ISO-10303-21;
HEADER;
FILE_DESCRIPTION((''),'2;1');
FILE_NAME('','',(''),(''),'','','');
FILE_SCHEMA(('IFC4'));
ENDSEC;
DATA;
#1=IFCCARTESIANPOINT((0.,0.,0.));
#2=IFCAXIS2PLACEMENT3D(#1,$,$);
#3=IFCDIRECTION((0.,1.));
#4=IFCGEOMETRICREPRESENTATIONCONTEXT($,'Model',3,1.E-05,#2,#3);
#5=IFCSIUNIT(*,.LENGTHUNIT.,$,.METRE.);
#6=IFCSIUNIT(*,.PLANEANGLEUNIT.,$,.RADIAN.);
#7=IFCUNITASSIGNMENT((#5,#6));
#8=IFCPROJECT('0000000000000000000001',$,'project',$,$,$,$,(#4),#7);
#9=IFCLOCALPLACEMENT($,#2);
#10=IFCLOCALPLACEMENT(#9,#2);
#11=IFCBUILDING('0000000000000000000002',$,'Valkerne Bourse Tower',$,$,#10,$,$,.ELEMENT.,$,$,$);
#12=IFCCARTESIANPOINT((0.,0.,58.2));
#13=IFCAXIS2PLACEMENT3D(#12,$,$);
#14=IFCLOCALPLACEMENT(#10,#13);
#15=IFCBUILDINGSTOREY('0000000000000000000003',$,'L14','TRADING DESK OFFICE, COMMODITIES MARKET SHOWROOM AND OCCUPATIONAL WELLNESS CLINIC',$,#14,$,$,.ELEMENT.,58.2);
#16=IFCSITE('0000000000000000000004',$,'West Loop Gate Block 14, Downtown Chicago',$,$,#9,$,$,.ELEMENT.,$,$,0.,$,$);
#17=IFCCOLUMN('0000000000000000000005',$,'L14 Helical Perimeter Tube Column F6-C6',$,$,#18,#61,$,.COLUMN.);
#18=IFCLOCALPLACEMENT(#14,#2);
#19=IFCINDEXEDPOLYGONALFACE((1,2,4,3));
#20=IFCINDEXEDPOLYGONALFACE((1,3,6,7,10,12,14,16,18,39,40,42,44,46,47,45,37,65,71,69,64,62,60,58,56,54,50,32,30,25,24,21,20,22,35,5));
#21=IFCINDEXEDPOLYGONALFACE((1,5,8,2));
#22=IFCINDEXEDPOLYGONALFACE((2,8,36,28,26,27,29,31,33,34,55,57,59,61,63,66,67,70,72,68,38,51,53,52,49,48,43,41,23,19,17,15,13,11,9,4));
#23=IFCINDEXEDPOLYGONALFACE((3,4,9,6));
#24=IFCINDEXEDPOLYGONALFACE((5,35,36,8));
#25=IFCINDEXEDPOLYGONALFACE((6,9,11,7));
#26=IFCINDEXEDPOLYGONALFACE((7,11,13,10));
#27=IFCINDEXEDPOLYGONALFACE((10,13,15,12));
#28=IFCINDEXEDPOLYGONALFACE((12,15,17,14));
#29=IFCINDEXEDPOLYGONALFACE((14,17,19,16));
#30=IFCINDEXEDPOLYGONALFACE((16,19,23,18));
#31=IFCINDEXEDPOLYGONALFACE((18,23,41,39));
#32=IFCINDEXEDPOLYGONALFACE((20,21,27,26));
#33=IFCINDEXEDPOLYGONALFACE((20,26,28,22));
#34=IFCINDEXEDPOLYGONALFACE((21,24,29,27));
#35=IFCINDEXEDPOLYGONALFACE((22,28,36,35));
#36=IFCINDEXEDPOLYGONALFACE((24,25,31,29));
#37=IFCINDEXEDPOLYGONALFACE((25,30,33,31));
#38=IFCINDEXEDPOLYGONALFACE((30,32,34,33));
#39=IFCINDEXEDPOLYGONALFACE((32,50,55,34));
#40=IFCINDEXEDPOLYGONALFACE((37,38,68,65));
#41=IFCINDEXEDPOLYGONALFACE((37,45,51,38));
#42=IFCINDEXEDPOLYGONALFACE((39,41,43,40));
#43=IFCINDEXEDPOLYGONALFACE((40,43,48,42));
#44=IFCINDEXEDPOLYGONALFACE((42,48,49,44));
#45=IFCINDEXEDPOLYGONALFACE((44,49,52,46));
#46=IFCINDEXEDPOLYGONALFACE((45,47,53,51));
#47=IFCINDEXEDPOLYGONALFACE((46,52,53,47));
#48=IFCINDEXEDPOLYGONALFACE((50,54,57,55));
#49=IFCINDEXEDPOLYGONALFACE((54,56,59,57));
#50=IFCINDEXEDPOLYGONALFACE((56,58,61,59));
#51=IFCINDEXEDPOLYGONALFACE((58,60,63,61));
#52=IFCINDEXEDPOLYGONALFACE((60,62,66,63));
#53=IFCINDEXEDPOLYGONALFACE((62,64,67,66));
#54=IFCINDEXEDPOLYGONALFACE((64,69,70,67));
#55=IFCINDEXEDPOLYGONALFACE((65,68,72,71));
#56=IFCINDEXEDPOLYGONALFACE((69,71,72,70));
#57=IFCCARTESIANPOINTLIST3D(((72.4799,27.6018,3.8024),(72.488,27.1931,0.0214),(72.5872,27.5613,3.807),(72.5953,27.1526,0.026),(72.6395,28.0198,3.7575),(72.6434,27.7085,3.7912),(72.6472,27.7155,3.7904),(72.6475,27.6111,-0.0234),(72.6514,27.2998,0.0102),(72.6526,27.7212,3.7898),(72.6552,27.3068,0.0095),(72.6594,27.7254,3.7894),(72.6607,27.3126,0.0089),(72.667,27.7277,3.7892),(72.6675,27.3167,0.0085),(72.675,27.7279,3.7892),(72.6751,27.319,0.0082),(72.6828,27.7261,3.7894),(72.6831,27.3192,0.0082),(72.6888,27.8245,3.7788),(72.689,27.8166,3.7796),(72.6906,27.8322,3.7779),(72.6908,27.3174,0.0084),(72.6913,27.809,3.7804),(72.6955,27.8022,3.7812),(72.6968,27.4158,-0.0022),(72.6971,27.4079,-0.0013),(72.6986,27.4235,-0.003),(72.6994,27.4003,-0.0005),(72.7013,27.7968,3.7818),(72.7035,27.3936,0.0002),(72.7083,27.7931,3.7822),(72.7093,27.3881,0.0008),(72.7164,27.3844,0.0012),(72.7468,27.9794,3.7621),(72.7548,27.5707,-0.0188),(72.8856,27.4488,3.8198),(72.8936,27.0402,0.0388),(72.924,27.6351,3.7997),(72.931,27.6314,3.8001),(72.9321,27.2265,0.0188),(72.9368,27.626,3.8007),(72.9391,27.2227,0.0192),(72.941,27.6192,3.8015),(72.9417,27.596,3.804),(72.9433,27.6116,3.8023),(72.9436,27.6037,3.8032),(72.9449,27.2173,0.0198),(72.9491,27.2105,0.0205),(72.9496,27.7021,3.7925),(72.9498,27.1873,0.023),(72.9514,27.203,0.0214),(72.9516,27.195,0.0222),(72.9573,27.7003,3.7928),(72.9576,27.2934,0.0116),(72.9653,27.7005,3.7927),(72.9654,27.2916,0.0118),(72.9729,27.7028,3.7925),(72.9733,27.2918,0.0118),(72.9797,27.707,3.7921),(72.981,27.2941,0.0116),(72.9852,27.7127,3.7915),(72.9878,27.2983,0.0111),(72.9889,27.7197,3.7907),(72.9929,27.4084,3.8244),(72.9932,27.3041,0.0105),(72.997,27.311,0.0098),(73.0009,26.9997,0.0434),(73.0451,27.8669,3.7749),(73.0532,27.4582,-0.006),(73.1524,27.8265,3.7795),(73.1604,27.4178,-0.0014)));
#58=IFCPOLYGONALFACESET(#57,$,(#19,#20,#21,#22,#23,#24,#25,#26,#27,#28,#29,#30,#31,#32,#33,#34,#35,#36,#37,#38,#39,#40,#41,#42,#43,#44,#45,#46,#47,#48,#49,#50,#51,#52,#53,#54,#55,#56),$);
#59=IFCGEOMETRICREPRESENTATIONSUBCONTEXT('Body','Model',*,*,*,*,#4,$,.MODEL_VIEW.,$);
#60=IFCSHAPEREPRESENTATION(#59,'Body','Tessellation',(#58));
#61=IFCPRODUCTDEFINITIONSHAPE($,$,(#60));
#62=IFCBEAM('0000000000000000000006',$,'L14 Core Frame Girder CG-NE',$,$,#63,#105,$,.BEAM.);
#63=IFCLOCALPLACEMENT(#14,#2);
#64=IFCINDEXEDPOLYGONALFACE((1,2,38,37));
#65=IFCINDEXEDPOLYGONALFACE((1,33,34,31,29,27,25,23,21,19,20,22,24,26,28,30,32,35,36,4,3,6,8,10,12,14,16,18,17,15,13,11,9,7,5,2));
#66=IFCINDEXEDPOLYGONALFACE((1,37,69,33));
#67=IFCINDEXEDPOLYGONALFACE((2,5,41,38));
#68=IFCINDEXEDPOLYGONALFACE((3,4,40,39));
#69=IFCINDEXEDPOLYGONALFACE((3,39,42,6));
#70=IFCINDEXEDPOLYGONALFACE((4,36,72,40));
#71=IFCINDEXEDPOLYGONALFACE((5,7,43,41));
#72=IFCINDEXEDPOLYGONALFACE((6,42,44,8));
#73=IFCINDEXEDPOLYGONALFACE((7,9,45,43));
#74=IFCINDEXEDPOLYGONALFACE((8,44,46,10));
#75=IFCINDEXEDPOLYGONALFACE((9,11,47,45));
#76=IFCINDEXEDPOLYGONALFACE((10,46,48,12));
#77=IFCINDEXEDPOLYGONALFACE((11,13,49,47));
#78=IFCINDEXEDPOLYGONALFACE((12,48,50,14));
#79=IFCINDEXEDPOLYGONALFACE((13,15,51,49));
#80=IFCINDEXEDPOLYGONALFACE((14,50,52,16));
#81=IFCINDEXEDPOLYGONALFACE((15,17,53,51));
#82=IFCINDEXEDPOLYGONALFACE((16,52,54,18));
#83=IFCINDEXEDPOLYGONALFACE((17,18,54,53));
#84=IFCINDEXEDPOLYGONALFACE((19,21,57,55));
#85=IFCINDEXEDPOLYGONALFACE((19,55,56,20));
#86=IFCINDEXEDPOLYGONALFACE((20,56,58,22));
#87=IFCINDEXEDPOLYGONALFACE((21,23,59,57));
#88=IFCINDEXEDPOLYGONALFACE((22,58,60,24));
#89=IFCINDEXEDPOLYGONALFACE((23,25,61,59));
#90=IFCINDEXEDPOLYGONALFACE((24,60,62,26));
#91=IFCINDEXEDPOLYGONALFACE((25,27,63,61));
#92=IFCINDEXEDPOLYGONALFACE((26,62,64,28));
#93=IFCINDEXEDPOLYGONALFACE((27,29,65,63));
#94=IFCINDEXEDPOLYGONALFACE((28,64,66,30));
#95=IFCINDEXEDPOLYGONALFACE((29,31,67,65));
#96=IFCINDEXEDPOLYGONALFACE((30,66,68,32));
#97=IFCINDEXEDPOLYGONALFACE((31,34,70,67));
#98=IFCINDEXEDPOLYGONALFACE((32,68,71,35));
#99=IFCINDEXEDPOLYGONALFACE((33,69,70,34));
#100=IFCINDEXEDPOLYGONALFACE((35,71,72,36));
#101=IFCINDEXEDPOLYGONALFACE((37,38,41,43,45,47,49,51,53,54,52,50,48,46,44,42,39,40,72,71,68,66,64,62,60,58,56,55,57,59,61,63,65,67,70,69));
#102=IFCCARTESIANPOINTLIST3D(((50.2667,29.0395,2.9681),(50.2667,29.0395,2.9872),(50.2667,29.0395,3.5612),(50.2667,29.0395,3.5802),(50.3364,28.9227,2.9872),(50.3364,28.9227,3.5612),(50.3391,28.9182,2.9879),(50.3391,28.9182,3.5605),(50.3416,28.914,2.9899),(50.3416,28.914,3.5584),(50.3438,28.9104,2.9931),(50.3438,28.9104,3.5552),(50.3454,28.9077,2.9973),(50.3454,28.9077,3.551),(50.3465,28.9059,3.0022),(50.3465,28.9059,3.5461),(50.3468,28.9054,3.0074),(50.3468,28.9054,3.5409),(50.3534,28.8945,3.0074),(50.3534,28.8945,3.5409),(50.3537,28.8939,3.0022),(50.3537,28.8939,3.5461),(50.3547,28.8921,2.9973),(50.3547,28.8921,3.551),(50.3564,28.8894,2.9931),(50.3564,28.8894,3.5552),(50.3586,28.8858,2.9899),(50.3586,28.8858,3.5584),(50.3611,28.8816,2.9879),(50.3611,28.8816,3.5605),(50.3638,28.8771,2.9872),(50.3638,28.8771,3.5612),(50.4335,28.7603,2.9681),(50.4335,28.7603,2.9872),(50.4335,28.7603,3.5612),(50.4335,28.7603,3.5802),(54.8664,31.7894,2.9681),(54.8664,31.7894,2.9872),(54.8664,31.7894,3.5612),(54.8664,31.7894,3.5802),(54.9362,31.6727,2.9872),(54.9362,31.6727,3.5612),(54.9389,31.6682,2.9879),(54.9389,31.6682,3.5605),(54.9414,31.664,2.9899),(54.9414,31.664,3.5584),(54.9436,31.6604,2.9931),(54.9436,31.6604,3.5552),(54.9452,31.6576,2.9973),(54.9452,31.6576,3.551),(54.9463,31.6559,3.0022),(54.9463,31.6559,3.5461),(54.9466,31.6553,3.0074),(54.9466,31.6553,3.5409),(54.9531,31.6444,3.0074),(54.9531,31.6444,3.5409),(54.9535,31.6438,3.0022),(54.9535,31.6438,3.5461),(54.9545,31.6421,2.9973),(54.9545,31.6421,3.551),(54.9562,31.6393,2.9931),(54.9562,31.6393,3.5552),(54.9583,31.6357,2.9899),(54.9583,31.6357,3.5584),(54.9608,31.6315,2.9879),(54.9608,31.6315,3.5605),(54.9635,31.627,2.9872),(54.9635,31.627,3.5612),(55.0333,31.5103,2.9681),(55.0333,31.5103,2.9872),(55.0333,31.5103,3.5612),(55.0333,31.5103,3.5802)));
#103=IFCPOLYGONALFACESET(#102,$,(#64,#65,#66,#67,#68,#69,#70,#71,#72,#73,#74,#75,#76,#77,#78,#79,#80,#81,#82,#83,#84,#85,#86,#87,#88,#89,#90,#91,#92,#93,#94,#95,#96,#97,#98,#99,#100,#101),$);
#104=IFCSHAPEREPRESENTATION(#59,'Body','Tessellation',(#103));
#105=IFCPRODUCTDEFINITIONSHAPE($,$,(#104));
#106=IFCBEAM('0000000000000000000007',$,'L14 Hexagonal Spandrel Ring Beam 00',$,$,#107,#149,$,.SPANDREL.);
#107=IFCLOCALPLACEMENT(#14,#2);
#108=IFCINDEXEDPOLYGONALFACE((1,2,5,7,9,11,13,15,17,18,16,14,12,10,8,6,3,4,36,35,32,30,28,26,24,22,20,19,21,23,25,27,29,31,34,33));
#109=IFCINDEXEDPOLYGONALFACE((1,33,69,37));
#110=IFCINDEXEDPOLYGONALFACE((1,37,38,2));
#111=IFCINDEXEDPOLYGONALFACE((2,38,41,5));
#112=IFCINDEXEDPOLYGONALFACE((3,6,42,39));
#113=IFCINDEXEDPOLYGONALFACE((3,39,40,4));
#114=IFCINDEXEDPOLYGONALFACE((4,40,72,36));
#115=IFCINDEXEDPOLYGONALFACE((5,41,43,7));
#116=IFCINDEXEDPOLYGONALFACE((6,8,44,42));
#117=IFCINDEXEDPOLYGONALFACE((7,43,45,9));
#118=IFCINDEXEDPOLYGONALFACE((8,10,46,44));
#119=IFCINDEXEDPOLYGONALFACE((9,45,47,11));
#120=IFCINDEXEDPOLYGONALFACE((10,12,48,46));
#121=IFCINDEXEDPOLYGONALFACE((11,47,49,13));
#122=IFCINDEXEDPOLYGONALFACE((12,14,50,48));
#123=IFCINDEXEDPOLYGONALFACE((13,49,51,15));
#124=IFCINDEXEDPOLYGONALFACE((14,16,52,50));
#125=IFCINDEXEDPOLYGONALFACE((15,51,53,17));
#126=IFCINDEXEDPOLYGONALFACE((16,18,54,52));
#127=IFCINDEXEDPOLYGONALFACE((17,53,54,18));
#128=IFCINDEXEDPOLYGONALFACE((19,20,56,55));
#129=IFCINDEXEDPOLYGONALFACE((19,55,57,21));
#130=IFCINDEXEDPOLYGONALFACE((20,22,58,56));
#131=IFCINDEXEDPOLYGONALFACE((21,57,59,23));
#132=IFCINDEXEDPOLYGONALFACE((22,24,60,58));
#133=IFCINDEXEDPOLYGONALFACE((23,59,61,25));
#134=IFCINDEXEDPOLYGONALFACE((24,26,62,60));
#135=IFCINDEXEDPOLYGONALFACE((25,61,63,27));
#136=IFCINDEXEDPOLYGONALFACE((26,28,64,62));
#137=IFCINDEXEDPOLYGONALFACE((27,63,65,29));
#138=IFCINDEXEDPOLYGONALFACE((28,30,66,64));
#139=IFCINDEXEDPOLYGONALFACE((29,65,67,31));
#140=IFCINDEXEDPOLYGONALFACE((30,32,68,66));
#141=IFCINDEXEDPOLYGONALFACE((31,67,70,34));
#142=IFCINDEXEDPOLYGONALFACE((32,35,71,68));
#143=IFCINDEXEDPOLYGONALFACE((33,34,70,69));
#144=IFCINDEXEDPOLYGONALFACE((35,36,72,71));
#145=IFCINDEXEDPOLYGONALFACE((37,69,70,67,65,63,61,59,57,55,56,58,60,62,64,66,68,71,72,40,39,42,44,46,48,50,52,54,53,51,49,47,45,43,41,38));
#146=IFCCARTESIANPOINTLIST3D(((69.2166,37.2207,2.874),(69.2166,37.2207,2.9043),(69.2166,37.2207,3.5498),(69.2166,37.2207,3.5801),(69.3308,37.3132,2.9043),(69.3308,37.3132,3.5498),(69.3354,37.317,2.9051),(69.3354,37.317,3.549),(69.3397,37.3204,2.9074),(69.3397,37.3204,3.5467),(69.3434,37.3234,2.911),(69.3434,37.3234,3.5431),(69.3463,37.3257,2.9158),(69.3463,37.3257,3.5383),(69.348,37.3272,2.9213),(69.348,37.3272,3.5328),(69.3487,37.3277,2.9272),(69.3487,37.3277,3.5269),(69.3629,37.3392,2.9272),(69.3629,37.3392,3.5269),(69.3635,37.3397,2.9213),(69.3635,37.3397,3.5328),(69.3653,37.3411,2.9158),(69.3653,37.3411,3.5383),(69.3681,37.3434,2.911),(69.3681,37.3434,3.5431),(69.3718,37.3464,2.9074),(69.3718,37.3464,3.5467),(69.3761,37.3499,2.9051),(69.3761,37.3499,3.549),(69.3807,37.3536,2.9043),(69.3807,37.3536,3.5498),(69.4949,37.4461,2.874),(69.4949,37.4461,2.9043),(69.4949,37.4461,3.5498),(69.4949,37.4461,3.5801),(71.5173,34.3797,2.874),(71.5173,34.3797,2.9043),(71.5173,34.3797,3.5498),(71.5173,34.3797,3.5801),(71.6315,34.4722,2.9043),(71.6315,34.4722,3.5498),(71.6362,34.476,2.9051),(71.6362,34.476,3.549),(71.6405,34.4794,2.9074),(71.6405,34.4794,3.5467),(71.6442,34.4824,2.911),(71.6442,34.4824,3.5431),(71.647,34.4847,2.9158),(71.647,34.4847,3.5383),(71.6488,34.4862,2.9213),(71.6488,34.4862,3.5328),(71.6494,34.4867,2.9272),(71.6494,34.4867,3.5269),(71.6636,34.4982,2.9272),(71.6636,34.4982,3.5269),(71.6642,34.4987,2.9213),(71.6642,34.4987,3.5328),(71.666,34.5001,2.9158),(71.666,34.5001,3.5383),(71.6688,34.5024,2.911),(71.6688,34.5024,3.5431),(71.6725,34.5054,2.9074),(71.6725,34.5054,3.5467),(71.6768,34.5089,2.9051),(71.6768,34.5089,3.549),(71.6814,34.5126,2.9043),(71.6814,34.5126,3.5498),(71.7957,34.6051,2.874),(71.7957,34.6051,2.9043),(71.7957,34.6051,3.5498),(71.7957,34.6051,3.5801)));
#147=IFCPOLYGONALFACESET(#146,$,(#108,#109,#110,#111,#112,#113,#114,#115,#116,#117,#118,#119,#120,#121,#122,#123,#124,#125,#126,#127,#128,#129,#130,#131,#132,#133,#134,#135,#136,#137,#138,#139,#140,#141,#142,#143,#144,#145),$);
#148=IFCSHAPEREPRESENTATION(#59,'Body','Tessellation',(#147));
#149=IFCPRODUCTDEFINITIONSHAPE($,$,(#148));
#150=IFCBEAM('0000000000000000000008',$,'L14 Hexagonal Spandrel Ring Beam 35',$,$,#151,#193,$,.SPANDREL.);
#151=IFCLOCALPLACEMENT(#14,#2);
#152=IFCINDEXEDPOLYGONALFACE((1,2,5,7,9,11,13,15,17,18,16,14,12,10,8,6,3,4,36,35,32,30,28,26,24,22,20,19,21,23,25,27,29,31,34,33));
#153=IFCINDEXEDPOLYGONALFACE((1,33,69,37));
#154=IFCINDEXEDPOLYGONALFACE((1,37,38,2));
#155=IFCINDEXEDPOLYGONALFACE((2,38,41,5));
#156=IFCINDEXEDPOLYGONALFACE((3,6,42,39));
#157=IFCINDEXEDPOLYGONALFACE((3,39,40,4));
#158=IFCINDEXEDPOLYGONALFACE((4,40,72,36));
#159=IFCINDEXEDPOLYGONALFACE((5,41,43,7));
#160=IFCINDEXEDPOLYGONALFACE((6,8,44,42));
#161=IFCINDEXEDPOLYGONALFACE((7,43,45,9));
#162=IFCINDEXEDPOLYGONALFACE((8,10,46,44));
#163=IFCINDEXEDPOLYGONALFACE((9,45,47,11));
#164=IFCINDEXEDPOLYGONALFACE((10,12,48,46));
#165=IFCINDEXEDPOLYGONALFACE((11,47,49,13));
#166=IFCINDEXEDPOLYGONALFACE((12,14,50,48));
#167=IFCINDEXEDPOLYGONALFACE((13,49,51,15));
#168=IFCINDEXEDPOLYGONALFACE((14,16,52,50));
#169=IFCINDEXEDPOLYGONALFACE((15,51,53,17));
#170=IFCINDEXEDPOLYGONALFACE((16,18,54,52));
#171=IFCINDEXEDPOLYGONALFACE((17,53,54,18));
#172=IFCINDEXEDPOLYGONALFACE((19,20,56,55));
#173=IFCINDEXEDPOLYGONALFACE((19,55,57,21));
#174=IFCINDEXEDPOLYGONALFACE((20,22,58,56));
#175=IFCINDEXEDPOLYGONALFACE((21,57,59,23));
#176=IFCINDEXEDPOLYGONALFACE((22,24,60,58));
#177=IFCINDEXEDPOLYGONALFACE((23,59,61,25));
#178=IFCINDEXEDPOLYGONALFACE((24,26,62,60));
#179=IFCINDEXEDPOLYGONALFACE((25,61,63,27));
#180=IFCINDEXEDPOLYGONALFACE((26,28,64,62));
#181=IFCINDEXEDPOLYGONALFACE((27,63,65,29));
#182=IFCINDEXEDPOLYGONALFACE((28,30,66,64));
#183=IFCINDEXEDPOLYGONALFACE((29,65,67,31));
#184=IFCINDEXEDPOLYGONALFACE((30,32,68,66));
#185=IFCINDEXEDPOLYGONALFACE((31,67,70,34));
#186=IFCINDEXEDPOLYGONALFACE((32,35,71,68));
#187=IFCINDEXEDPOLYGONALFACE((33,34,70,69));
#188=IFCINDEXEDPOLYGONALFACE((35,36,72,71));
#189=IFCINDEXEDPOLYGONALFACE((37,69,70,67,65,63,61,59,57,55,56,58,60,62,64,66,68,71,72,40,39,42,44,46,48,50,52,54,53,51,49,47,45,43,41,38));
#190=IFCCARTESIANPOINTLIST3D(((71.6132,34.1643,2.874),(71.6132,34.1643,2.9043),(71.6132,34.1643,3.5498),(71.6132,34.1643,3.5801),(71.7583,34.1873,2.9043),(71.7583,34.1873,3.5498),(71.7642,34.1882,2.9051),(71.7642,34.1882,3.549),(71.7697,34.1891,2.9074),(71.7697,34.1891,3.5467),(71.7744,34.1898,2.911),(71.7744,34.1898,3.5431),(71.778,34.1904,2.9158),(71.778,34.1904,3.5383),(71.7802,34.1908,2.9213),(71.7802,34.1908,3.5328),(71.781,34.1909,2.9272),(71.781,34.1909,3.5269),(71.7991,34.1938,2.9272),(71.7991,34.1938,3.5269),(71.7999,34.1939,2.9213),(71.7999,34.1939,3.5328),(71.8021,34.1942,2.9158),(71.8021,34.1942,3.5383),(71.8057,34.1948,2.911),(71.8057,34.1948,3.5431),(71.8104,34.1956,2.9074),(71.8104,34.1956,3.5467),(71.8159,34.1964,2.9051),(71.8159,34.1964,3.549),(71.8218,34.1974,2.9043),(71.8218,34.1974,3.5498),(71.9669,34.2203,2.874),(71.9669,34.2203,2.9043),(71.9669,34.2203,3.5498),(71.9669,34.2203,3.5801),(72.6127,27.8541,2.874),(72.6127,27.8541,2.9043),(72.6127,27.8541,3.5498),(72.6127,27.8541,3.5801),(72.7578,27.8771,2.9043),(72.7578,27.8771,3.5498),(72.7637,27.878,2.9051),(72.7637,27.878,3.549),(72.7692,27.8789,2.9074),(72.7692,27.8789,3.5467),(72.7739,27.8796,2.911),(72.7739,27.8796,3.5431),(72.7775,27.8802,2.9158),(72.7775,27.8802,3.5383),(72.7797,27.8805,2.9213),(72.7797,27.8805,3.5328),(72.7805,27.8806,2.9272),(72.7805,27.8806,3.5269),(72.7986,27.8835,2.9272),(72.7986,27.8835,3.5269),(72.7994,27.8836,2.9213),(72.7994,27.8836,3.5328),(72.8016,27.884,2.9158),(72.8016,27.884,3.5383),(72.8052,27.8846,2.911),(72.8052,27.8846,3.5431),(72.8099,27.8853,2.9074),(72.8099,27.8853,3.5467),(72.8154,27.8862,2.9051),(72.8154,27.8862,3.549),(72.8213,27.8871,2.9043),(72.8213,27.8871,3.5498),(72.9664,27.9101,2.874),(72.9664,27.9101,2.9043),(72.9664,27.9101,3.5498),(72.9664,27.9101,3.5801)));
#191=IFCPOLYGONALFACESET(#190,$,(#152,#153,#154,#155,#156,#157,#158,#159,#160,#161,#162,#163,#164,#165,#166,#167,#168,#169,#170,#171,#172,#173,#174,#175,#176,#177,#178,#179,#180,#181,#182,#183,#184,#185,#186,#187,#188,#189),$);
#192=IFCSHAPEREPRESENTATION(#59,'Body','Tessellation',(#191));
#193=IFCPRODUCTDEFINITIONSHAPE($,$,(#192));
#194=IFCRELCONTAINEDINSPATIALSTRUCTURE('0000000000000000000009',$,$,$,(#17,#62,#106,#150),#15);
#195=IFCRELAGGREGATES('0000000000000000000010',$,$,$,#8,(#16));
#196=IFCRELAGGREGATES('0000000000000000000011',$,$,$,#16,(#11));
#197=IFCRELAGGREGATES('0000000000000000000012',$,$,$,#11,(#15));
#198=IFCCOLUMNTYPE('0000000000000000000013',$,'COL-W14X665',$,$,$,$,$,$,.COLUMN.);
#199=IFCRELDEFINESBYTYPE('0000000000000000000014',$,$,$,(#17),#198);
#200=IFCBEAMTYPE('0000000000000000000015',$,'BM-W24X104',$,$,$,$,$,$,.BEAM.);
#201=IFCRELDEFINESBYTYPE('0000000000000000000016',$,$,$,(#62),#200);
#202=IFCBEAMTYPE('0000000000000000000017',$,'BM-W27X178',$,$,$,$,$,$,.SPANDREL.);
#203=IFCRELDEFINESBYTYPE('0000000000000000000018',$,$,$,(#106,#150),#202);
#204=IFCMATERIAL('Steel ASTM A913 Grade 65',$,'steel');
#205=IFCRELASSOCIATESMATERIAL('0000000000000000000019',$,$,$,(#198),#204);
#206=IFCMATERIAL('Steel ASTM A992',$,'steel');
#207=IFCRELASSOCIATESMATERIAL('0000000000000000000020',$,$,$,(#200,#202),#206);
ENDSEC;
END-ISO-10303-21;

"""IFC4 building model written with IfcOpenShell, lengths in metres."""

from ifc_helpers import new_model, si_unit, direction, frame, origin, origin_2d, place, context, subcontext, project, spatial, i_section, extrude, material, material_profile, profile_set, type_object, element, save


model = new_model("IFC4")

# Units and contexts
model_context = context("Model", 3, precision=1e-05, world=origin(), true_north=direction((0.0, 1.0)))
body_context = subcontext(model_context, "Body", "Model", "MODEL_VIEW")
ifc_project = project(units=[si_unit("LENGTHUNIT", "METRE"), si_unit("PLANEANGLEUNIT", "RADIAN")], contexts=[model_context])

# Site, building, storey
site_placement = place(None, origin())
site = spatial("IfcSite", under=ifc_project, at=site_placement, Name="West Loop Gate Block 14, Downtown Chicago", CompositionType="ELEMENT", RefElevation=0.0)
building_placement = place(site_placement, origin())
building = spatial("IfcBuilding", under=site, at=building_placement, Name="Valkerne Bourse Tower", CompositionType="ELEMENT")
storey_placement = place(building_placement, frame((0.0, 0.0, 58.2)))
storey = spatial("IfcBuildingStorey", under=building, at=storey_placement, Name="L14", Description="TRADING DESK OFFICE, COMMODITIES MARKET SHOWROOM AND OCCUPATIONAL WELLNESS CLINIC", CompositionType="ELEMENT", Elevation=58.2)

# Column
ifc_material_1 = material(Name="Steel ASTM A913 Grade 65", Category="steel")
ifc_material_profile_1 = material_profile(ifc_material_1, i_section(OverallWidth=0.4497, OverallDepth=0.5486, WebThickness=0.072, FlangeThickness=0.1147, FilletRadius=0.0305, at=origin_2d()), Name="W14X665")
ifc_profile_set_1 = profile_set([ifc_material_profile_1], Name="Steel ASTM A913 Grade 65")
column_type_1 = type_object("IfcColumnType", Name="COL-W14X665", PredefinedType="COLUMN", material=ifc_profile_set_1)
column_1_placement = place(storey_placement, frame((72.8242, 27.3054, 0.01), z_axis=(-0.002118, 0.107464, 0.994207), x_axis=(-0.354734, -0.929633, 0.099729)))
element("IfcColumn", 1, at=column_1_placement, inside=storey, type_object=column_type_1, Name="L14 Helical Perimeter Tube Column F6-C6", PredefinedType="COLUMN", context=body_context, shape_type="SweptSolid", body=[
    extrude(i_section(OverallWidth=0.4497, OverallDepth=0.5486, WebThickness=0.072, FlangeThickness=0.1147, FilletRadius=0.0305, at=origin_2d()), origin(), (0.0, 0.0, 1.0), 3.803),
])

# Beams
ifc_material_2 = material(Name="Steel ASTM A992", Category="steel")
ifc_material_profile_2 = material_profile(ifc_material_2, i_section(OverallWidth=0.3252, OverallDepth=0.6121, WebThickness=0.0127, FlangeThickness=0.019, FilletRadius=0.0203, at=origin_2d()), Name="W24X104")
ifc_profile_set_2 = profile_set([ifc_material_profile_2], Name="Steel ASTM A992")
beam_type_1 = type_object("IfcBeamType", Name="BM-W24X104", PredefinedType="BEAM", material=ifc_profile_set_2)
beam_1_placement = place(storey_placement, frame((50.3501, 28.8999, 3.2742), z_axis=(0.858308, 0.513135, 0.0), x_axis=(-0.513135, 0.858308, 0.0)))
element("IfcBeam", 2, at=beam_1_placement, inside=storey, type_object=beam_type_1, Name="L14 Core Frame Girder CG-NE", PredefinedType="BEAM", context=body_context, shape_type="SweptSolid", body=[
    extrude(i_section(OverallWidth=0.3252, OverallDepth=0.6121, WebThickness=0.0127, FlangeThickness=0.019, FilletRadius=0.0203, at=origin_2d()), origin(), (0.0, 0.0, 1.0), 5.3591),
])
ifc_material_profile_3 = material_profile(ifc_material_2, i_section(OverallWidth=0.3582, OverallDepth=0.7061, WebThickness=0.0183, FlangeThickness=0.0303, FilletRadius=0.0229, at=origin_2d()), Name="W27X178")
ifc_profile_set_3 = profile_set([ifc_material_profile_3], Name="Steel ASTM A992")
beam_type_2 = type_object("IfcBeamType", Name="BM-W27X178", PredefinedType="SPANDREL", material=ifc_profile_set_3)
beam_2_placement = place(storey_placement, frame((71.6565, 34.4924, 3.2271), z_axis=(-0.629342, 0.777128, 0.0), x_axis=(-0.777128, -0.629342, 0.0)))
element("IfcBeam", 3, at=beam_2_placement, inside=storey, type_object=beam_type_2, Name="L14 Hexagonal Spandrel Ring Beam 00", PredefinedType="SPANDREL", context=body_context, shape_type="SweptSolid", body=[
    extrude(i_section(OverallWidth=0.3582, OverallDepth=0.7061, WebThickness=0.0183, FlangeThickness=0.0303, FilletRadius=0.0229, at=origin_2d()), origin(), (0.0, 0.0, 1.0), 3.6558),
])
beam_3_placement = place(storey_placement, frame((72.7896, 27.8821, 3.2271), z_axis=(-0.156443, 0.987687, 0.0), x_axis=(-0.987687, -0.156443, 0.0)))
element("IfcBeam", 4, at=beam_3_placement, inside=storey, type_object=beam_type_2, Name="L14 Hexagonal Spandrel Ring Beam 35", PredefinedType="SPANDREL", context=body_context, shape_type="SweptSolid", body=[
    extrude(i_section(OverallWidth=0.3582, OverallDepth=0.7061, WebThickness=0.0183, FlangeThickness=0.0303, FilletRadius=0.0229, at=origin_2d()), origin(), (0.0, 0.0, 1.0), 6.3889),
])

save(model, "model.ifc")
